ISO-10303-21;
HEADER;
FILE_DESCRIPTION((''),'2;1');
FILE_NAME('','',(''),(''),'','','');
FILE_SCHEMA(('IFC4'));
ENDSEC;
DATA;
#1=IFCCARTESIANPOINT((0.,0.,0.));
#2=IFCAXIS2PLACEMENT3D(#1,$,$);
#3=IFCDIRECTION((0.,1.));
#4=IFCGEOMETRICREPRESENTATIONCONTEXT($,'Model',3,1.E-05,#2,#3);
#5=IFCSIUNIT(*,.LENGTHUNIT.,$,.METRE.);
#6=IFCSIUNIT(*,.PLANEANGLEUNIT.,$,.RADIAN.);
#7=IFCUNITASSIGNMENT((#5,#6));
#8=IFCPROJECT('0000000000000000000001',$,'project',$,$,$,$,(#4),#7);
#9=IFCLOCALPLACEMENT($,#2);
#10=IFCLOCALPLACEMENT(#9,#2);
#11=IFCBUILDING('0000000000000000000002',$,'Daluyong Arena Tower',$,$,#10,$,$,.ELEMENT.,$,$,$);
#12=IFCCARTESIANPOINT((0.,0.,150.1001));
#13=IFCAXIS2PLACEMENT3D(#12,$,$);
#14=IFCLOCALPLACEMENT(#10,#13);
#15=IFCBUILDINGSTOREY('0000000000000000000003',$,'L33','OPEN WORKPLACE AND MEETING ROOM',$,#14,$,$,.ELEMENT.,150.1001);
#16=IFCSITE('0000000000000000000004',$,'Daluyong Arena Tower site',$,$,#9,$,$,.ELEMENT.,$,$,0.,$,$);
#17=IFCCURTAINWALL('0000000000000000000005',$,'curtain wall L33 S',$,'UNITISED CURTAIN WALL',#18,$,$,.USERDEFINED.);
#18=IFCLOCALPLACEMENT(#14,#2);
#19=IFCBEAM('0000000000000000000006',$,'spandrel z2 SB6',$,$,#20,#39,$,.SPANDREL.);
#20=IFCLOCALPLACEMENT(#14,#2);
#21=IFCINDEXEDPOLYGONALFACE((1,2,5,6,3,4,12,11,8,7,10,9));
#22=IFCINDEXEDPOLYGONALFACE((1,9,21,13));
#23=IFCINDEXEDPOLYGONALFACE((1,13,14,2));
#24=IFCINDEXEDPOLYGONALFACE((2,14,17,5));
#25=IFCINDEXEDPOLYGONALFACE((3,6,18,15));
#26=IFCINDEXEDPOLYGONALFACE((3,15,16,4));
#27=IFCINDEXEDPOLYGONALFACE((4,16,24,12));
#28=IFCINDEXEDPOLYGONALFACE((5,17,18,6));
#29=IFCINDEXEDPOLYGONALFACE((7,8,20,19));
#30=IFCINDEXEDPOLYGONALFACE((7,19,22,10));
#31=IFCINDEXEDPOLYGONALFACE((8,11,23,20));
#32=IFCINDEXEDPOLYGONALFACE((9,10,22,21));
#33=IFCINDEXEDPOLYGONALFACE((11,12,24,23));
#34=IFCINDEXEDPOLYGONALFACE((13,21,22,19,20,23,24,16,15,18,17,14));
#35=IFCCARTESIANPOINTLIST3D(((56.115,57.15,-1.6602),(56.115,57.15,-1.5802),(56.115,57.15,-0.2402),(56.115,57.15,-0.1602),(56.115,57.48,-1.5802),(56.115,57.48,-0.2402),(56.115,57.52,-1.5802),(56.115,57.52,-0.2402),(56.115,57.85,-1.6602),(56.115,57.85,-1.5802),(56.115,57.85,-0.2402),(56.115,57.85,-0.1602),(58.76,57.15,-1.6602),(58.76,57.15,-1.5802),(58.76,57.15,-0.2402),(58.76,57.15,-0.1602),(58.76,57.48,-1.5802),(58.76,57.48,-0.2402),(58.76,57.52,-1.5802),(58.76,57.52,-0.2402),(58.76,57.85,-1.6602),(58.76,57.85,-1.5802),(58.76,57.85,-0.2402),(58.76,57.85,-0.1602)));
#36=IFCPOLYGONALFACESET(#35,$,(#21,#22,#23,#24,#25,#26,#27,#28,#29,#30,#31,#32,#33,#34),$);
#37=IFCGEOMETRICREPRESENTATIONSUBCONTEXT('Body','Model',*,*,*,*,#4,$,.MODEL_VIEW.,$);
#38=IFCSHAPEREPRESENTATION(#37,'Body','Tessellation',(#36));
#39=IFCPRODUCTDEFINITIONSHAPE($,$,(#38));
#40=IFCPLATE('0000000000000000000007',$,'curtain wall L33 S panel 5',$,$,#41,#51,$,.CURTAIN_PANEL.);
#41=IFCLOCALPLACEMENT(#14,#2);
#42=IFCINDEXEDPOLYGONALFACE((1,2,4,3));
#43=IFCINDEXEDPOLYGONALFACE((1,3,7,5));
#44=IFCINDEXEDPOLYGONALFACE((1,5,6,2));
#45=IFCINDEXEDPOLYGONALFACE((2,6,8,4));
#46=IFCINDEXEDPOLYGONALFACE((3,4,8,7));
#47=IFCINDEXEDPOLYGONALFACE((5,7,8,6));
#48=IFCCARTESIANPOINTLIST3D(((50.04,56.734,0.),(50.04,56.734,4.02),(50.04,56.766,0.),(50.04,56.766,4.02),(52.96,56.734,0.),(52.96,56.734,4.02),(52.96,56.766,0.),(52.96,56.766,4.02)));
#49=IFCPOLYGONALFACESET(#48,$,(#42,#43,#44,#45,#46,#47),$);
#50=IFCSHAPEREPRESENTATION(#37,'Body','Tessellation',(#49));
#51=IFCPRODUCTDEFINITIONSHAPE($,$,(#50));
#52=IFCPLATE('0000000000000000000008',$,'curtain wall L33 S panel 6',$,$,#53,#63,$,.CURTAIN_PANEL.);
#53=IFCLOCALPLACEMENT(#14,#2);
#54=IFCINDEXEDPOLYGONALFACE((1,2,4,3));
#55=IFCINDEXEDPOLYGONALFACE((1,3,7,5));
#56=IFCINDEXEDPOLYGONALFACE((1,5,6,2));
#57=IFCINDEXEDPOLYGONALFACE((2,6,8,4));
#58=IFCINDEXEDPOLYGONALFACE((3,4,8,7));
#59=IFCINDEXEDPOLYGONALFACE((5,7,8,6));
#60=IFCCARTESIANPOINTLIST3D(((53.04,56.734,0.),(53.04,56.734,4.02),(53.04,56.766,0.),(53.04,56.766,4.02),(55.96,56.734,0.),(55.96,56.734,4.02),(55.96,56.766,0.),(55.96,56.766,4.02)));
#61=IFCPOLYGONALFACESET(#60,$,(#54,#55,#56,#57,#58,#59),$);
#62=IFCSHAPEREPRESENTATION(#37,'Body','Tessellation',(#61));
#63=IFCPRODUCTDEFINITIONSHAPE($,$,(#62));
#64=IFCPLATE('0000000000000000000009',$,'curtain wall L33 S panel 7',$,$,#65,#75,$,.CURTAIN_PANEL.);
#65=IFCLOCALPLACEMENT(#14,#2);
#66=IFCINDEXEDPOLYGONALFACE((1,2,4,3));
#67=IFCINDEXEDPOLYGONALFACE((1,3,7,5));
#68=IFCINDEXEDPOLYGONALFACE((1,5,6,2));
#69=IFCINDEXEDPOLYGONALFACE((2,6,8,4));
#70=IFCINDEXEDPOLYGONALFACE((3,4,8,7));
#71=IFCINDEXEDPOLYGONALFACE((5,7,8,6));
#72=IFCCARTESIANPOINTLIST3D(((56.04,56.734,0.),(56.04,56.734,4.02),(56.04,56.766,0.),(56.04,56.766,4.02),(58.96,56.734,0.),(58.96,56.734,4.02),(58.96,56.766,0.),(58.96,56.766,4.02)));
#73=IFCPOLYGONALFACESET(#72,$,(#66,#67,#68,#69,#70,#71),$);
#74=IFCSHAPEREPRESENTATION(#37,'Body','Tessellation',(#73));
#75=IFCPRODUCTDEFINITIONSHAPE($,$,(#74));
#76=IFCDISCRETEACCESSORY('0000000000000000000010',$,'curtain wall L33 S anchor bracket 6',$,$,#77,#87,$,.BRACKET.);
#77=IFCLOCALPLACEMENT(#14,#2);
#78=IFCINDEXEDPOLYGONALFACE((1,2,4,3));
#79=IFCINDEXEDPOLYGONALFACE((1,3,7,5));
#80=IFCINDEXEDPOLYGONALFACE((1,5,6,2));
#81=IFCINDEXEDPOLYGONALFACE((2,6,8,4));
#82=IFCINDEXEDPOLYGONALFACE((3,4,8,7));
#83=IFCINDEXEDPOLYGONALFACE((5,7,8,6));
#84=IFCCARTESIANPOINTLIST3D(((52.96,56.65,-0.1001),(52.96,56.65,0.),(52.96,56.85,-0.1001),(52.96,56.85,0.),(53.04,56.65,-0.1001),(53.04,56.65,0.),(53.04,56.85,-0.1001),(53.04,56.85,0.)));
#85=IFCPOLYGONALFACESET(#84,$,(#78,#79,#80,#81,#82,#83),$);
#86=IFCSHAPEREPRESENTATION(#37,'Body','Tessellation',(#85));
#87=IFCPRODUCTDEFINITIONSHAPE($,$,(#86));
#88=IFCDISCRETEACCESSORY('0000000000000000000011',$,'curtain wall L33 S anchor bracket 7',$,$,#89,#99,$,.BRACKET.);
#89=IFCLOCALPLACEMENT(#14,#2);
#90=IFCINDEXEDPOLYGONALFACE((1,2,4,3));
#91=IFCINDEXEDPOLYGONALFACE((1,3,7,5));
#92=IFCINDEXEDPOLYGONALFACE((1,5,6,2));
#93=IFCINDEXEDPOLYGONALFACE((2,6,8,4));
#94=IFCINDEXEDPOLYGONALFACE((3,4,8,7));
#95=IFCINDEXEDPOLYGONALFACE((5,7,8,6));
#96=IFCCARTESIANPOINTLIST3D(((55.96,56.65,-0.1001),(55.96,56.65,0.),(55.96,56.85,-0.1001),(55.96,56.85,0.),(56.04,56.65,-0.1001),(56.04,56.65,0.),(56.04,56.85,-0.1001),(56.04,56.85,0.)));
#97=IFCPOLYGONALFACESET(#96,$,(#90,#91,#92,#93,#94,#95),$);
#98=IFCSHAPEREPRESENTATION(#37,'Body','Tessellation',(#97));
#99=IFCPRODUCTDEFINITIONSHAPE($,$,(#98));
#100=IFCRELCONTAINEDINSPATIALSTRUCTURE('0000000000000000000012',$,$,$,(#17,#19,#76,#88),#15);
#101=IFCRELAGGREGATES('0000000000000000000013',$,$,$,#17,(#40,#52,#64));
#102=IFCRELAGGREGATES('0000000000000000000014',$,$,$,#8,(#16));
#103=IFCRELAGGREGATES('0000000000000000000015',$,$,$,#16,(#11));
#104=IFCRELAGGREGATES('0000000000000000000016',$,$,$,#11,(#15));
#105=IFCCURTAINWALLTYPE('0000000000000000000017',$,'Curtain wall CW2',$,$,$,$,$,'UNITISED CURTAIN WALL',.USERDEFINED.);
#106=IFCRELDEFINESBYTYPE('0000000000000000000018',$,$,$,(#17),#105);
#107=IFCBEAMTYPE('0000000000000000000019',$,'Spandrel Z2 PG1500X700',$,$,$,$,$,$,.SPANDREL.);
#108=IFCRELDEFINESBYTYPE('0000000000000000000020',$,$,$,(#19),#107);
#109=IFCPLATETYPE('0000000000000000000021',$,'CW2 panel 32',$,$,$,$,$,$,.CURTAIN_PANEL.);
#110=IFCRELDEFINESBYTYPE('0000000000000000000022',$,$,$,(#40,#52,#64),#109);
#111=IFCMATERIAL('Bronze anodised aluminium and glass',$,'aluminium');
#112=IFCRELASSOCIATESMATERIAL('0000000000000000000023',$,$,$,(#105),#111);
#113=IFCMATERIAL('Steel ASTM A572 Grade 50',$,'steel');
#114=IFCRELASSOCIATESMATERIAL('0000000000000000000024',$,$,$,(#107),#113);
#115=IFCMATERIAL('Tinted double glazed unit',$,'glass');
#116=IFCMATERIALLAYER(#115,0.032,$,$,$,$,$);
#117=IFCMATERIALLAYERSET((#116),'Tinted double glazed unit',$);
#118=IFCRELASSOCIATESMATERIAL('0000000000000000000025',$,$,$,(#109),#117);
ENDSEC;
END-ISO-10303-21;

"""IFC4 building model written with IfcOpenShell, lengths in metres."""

from ifc_helpers import new_model, si_unit, direction, frame, origin, origin_2d, place, context, subcontext, project, spatial, rectangle, i_section, extrude, material, layer, layer_set, material_profile, profile_set, type_object, element, aggregate, save


model = new_model("IFC4")

# Units and contexts
model_context = context("Model", 3, precision=1e-05, world=origin(), true_north=direction((0.0, 1.0)))
body_context = subcontext(model_context, "Body", "Model", "MODEL_VIEW")
ifc_project = project(units=[si_unit("LENGTHUNIT", "METRE"), si_unit("PLANEANGLEUNIT", "RADIAN")], contexts=[model_context])

# Site, building, storey
site_placement = place(None, origin())
site = spatial("IfcSite", under=ifc_project, at=site_placement, Name="Daluyong Arena Tower site", CompositionType="ELEMENT", RefElevation=0.0)
building_placement = place(site_placement, origin())
building = spatial("IfcBuilding", under=site, at=building_placement, Name="Daluyong Arena Tower", CompositionType="ELEMENT")
storey_placement = place(building_placement, frame((0.0, 0.0, 150.1001)))
storey = spatial("IfcBuildingStorey", under=building, at=storey_placement, Name="L33", Description="OPEN WORKPLACE AND MEETING ROOM", CompositionType="ELEMENT", Elevation=150.1001)

# Curtain wall
ifc_material_1 = material(Name="Bronze anodised aluminium and glass", Category="aluminium")
curtain_wall_type = type_object("IfcCurtainWallType", Name="Curtain wall CW2", ElementType="UNITISED CURTAIN WALL", PredefinedType="USERDEFINED", material=ifc_material_1)
curtain_wall_placement = place(storey_placement, origin())
curtain_wall = element("IfcCurtainWall", 1, at=curtain_wall_placement, inside=storey, type_object=curtain_wall_type, Name="curtain wall L33 S", ObjectType="UNITISED CURTAIN WALL", PredefinedType="USERDEFINED")

# Beam
ifc_material_2 = material(Name="Steel ASTM A572 Grade 50", Category="steel")
ifc_material_profile_1 = material_profile(ifc_material_2, i_section(OverallWidth=0.7, OverallDepth=1.5, WebThickness=0.04, FlangeThickness=0.08, at=origin_2d()))
ifc_profile_set_1 = profile_set([ifc_material_profile_1], Name="Steel ASTM A572 Grade 50")
beam_type = type_object("IfcBeamType", Name="Spandrel Z2 PG1500X700", PredefinedType="SPANDREL", material=ifc_profile_set_1)
for number, where, z_axis, x_axis, name in (
    (2, (56.115, 57.5, -0.9102), (1.0, 0.0, 0.0), (0.0, 1.0, 0.0), "spandrel z2 SB6"),
):
    element("IfcBeam", number, at=place(storey_placement, frame(where, z_axis=z_axis, x_axis=x_axis)), inside=storey, type_object=beam_type, Name=name, PredefinedType="SPANDREL", context=body_context, shape_type="SweptSolid", body=[
        extrude(i_section(OverallWidth=0.7, OverallDepth=1.5, WebThickness=0.04, FlangeThickness=0.08, at=origin_2d()), origin(), (0.0, 0.0, 1.0), 2.645),
    ])

# Plates
ifc_material_3 = material(Name="Tinted double glazed unit", Category="glass")
ifc_layer = layer(ifc_material_3, 0.032)
ifc_layer_set = layer_set([ifc_layer], Name="Tinted double glazed unit")
plate_type = type_object("IfcPlateType", Name="CW2 panel 32", PredefinedType="CURTAIN_PANEL", material=ifc_layer_set)
plate_1_placement = place(storey_placement, frame((51.5, 56.75, 0.0), z_axis=(0.0, 0.0, 1.0), x_axis=(1.0, 0.0, 0.0)))
plate_1 = element("IfcPlate", 3, at=plate_1_placement, type_object=plate_type, Name="curtain wall L33 S panel 5", PredefinedType="CURTAIN_PANEL", context=body_context, shape_type="SweptSolid", body=[
    extrude(rectangle(XDim=2.9199, YDim=0.032, at=origin_2d()), origin(), (0.0, 0.0, 1.0), 4.02),
])
plate_2_placement = place(storey_placement, frame((54.5, 56.75, 0.0), z_axis=(0.0, 0.0, 1.0), x_axis=(1.0, 0.0, 0.0)))
plate_2 = element("IfcPlate", 4, at=plate_2_placement, type_object=plate_type, Name="curtain wall L33 S panel 6", PredefinedType="CURTAIN_PANEL", context=body_context, shape_type="SweptSolid", body=[
    extrude(rectangle(XDim=2.9199, YDim=0.032, at=origin_2d()), origin(), (0.0, 0.0, 1.0), 4.02),
])
plate_3_placement = place(storey_placement, frame((57.5, 56.75, 0.0), z_axis=(0.0, 0.0, 1.0), x_axis=(1.0, 0.0, 0.0)))
plate_3 = element("IfcPlate", 5, at=plate_3_placement, type_object=plate_type, Name="curtain wall L33 S panel 7", PredefinedType="CURTAIN_PANEL", context=body_context, shape_type="SweptSolid", body=[
    extrude(rectangle(XDim=2.9199, YDim=0.032, at=origin_2d()), origin(), (0.0, 0.0, 1.0), 4.02),
])
aggregate(curtain_wall, [plate_1, plate_2, plate_3])

# Discrete accessories
for number, where, z_axis, x_axis, name in (
    (6, (53.0, 56.75, -0.1001), (0.0, 0.0, 1.0), (1.0, 0.0, 0.0), "curtain wall L33 S anchor bracket 6"),
    (7, (56.0, 56.75, -0.1001), (0.0, 0.0, 1.0), (1.0, 0.0, 0.0), "curtain wall L33 S anchor bracket 7"),
):
    element("IfcDiscreteAccessory", number, at=place(storey_placement, frame(where, z_axis=z_axis, x_axis=x_axis)), inside=storey, Name=name, PredefinedType="BRACKET", context=body_context, shape_type="SweptSolid", body=[
        extrude(rectangle(XDim=0.0801, YDim=0.2, at=origin_2d()), origin(), (0.0, 0.0, 1.0), 0.1001),
    ])

save(model, "model.ifc")
